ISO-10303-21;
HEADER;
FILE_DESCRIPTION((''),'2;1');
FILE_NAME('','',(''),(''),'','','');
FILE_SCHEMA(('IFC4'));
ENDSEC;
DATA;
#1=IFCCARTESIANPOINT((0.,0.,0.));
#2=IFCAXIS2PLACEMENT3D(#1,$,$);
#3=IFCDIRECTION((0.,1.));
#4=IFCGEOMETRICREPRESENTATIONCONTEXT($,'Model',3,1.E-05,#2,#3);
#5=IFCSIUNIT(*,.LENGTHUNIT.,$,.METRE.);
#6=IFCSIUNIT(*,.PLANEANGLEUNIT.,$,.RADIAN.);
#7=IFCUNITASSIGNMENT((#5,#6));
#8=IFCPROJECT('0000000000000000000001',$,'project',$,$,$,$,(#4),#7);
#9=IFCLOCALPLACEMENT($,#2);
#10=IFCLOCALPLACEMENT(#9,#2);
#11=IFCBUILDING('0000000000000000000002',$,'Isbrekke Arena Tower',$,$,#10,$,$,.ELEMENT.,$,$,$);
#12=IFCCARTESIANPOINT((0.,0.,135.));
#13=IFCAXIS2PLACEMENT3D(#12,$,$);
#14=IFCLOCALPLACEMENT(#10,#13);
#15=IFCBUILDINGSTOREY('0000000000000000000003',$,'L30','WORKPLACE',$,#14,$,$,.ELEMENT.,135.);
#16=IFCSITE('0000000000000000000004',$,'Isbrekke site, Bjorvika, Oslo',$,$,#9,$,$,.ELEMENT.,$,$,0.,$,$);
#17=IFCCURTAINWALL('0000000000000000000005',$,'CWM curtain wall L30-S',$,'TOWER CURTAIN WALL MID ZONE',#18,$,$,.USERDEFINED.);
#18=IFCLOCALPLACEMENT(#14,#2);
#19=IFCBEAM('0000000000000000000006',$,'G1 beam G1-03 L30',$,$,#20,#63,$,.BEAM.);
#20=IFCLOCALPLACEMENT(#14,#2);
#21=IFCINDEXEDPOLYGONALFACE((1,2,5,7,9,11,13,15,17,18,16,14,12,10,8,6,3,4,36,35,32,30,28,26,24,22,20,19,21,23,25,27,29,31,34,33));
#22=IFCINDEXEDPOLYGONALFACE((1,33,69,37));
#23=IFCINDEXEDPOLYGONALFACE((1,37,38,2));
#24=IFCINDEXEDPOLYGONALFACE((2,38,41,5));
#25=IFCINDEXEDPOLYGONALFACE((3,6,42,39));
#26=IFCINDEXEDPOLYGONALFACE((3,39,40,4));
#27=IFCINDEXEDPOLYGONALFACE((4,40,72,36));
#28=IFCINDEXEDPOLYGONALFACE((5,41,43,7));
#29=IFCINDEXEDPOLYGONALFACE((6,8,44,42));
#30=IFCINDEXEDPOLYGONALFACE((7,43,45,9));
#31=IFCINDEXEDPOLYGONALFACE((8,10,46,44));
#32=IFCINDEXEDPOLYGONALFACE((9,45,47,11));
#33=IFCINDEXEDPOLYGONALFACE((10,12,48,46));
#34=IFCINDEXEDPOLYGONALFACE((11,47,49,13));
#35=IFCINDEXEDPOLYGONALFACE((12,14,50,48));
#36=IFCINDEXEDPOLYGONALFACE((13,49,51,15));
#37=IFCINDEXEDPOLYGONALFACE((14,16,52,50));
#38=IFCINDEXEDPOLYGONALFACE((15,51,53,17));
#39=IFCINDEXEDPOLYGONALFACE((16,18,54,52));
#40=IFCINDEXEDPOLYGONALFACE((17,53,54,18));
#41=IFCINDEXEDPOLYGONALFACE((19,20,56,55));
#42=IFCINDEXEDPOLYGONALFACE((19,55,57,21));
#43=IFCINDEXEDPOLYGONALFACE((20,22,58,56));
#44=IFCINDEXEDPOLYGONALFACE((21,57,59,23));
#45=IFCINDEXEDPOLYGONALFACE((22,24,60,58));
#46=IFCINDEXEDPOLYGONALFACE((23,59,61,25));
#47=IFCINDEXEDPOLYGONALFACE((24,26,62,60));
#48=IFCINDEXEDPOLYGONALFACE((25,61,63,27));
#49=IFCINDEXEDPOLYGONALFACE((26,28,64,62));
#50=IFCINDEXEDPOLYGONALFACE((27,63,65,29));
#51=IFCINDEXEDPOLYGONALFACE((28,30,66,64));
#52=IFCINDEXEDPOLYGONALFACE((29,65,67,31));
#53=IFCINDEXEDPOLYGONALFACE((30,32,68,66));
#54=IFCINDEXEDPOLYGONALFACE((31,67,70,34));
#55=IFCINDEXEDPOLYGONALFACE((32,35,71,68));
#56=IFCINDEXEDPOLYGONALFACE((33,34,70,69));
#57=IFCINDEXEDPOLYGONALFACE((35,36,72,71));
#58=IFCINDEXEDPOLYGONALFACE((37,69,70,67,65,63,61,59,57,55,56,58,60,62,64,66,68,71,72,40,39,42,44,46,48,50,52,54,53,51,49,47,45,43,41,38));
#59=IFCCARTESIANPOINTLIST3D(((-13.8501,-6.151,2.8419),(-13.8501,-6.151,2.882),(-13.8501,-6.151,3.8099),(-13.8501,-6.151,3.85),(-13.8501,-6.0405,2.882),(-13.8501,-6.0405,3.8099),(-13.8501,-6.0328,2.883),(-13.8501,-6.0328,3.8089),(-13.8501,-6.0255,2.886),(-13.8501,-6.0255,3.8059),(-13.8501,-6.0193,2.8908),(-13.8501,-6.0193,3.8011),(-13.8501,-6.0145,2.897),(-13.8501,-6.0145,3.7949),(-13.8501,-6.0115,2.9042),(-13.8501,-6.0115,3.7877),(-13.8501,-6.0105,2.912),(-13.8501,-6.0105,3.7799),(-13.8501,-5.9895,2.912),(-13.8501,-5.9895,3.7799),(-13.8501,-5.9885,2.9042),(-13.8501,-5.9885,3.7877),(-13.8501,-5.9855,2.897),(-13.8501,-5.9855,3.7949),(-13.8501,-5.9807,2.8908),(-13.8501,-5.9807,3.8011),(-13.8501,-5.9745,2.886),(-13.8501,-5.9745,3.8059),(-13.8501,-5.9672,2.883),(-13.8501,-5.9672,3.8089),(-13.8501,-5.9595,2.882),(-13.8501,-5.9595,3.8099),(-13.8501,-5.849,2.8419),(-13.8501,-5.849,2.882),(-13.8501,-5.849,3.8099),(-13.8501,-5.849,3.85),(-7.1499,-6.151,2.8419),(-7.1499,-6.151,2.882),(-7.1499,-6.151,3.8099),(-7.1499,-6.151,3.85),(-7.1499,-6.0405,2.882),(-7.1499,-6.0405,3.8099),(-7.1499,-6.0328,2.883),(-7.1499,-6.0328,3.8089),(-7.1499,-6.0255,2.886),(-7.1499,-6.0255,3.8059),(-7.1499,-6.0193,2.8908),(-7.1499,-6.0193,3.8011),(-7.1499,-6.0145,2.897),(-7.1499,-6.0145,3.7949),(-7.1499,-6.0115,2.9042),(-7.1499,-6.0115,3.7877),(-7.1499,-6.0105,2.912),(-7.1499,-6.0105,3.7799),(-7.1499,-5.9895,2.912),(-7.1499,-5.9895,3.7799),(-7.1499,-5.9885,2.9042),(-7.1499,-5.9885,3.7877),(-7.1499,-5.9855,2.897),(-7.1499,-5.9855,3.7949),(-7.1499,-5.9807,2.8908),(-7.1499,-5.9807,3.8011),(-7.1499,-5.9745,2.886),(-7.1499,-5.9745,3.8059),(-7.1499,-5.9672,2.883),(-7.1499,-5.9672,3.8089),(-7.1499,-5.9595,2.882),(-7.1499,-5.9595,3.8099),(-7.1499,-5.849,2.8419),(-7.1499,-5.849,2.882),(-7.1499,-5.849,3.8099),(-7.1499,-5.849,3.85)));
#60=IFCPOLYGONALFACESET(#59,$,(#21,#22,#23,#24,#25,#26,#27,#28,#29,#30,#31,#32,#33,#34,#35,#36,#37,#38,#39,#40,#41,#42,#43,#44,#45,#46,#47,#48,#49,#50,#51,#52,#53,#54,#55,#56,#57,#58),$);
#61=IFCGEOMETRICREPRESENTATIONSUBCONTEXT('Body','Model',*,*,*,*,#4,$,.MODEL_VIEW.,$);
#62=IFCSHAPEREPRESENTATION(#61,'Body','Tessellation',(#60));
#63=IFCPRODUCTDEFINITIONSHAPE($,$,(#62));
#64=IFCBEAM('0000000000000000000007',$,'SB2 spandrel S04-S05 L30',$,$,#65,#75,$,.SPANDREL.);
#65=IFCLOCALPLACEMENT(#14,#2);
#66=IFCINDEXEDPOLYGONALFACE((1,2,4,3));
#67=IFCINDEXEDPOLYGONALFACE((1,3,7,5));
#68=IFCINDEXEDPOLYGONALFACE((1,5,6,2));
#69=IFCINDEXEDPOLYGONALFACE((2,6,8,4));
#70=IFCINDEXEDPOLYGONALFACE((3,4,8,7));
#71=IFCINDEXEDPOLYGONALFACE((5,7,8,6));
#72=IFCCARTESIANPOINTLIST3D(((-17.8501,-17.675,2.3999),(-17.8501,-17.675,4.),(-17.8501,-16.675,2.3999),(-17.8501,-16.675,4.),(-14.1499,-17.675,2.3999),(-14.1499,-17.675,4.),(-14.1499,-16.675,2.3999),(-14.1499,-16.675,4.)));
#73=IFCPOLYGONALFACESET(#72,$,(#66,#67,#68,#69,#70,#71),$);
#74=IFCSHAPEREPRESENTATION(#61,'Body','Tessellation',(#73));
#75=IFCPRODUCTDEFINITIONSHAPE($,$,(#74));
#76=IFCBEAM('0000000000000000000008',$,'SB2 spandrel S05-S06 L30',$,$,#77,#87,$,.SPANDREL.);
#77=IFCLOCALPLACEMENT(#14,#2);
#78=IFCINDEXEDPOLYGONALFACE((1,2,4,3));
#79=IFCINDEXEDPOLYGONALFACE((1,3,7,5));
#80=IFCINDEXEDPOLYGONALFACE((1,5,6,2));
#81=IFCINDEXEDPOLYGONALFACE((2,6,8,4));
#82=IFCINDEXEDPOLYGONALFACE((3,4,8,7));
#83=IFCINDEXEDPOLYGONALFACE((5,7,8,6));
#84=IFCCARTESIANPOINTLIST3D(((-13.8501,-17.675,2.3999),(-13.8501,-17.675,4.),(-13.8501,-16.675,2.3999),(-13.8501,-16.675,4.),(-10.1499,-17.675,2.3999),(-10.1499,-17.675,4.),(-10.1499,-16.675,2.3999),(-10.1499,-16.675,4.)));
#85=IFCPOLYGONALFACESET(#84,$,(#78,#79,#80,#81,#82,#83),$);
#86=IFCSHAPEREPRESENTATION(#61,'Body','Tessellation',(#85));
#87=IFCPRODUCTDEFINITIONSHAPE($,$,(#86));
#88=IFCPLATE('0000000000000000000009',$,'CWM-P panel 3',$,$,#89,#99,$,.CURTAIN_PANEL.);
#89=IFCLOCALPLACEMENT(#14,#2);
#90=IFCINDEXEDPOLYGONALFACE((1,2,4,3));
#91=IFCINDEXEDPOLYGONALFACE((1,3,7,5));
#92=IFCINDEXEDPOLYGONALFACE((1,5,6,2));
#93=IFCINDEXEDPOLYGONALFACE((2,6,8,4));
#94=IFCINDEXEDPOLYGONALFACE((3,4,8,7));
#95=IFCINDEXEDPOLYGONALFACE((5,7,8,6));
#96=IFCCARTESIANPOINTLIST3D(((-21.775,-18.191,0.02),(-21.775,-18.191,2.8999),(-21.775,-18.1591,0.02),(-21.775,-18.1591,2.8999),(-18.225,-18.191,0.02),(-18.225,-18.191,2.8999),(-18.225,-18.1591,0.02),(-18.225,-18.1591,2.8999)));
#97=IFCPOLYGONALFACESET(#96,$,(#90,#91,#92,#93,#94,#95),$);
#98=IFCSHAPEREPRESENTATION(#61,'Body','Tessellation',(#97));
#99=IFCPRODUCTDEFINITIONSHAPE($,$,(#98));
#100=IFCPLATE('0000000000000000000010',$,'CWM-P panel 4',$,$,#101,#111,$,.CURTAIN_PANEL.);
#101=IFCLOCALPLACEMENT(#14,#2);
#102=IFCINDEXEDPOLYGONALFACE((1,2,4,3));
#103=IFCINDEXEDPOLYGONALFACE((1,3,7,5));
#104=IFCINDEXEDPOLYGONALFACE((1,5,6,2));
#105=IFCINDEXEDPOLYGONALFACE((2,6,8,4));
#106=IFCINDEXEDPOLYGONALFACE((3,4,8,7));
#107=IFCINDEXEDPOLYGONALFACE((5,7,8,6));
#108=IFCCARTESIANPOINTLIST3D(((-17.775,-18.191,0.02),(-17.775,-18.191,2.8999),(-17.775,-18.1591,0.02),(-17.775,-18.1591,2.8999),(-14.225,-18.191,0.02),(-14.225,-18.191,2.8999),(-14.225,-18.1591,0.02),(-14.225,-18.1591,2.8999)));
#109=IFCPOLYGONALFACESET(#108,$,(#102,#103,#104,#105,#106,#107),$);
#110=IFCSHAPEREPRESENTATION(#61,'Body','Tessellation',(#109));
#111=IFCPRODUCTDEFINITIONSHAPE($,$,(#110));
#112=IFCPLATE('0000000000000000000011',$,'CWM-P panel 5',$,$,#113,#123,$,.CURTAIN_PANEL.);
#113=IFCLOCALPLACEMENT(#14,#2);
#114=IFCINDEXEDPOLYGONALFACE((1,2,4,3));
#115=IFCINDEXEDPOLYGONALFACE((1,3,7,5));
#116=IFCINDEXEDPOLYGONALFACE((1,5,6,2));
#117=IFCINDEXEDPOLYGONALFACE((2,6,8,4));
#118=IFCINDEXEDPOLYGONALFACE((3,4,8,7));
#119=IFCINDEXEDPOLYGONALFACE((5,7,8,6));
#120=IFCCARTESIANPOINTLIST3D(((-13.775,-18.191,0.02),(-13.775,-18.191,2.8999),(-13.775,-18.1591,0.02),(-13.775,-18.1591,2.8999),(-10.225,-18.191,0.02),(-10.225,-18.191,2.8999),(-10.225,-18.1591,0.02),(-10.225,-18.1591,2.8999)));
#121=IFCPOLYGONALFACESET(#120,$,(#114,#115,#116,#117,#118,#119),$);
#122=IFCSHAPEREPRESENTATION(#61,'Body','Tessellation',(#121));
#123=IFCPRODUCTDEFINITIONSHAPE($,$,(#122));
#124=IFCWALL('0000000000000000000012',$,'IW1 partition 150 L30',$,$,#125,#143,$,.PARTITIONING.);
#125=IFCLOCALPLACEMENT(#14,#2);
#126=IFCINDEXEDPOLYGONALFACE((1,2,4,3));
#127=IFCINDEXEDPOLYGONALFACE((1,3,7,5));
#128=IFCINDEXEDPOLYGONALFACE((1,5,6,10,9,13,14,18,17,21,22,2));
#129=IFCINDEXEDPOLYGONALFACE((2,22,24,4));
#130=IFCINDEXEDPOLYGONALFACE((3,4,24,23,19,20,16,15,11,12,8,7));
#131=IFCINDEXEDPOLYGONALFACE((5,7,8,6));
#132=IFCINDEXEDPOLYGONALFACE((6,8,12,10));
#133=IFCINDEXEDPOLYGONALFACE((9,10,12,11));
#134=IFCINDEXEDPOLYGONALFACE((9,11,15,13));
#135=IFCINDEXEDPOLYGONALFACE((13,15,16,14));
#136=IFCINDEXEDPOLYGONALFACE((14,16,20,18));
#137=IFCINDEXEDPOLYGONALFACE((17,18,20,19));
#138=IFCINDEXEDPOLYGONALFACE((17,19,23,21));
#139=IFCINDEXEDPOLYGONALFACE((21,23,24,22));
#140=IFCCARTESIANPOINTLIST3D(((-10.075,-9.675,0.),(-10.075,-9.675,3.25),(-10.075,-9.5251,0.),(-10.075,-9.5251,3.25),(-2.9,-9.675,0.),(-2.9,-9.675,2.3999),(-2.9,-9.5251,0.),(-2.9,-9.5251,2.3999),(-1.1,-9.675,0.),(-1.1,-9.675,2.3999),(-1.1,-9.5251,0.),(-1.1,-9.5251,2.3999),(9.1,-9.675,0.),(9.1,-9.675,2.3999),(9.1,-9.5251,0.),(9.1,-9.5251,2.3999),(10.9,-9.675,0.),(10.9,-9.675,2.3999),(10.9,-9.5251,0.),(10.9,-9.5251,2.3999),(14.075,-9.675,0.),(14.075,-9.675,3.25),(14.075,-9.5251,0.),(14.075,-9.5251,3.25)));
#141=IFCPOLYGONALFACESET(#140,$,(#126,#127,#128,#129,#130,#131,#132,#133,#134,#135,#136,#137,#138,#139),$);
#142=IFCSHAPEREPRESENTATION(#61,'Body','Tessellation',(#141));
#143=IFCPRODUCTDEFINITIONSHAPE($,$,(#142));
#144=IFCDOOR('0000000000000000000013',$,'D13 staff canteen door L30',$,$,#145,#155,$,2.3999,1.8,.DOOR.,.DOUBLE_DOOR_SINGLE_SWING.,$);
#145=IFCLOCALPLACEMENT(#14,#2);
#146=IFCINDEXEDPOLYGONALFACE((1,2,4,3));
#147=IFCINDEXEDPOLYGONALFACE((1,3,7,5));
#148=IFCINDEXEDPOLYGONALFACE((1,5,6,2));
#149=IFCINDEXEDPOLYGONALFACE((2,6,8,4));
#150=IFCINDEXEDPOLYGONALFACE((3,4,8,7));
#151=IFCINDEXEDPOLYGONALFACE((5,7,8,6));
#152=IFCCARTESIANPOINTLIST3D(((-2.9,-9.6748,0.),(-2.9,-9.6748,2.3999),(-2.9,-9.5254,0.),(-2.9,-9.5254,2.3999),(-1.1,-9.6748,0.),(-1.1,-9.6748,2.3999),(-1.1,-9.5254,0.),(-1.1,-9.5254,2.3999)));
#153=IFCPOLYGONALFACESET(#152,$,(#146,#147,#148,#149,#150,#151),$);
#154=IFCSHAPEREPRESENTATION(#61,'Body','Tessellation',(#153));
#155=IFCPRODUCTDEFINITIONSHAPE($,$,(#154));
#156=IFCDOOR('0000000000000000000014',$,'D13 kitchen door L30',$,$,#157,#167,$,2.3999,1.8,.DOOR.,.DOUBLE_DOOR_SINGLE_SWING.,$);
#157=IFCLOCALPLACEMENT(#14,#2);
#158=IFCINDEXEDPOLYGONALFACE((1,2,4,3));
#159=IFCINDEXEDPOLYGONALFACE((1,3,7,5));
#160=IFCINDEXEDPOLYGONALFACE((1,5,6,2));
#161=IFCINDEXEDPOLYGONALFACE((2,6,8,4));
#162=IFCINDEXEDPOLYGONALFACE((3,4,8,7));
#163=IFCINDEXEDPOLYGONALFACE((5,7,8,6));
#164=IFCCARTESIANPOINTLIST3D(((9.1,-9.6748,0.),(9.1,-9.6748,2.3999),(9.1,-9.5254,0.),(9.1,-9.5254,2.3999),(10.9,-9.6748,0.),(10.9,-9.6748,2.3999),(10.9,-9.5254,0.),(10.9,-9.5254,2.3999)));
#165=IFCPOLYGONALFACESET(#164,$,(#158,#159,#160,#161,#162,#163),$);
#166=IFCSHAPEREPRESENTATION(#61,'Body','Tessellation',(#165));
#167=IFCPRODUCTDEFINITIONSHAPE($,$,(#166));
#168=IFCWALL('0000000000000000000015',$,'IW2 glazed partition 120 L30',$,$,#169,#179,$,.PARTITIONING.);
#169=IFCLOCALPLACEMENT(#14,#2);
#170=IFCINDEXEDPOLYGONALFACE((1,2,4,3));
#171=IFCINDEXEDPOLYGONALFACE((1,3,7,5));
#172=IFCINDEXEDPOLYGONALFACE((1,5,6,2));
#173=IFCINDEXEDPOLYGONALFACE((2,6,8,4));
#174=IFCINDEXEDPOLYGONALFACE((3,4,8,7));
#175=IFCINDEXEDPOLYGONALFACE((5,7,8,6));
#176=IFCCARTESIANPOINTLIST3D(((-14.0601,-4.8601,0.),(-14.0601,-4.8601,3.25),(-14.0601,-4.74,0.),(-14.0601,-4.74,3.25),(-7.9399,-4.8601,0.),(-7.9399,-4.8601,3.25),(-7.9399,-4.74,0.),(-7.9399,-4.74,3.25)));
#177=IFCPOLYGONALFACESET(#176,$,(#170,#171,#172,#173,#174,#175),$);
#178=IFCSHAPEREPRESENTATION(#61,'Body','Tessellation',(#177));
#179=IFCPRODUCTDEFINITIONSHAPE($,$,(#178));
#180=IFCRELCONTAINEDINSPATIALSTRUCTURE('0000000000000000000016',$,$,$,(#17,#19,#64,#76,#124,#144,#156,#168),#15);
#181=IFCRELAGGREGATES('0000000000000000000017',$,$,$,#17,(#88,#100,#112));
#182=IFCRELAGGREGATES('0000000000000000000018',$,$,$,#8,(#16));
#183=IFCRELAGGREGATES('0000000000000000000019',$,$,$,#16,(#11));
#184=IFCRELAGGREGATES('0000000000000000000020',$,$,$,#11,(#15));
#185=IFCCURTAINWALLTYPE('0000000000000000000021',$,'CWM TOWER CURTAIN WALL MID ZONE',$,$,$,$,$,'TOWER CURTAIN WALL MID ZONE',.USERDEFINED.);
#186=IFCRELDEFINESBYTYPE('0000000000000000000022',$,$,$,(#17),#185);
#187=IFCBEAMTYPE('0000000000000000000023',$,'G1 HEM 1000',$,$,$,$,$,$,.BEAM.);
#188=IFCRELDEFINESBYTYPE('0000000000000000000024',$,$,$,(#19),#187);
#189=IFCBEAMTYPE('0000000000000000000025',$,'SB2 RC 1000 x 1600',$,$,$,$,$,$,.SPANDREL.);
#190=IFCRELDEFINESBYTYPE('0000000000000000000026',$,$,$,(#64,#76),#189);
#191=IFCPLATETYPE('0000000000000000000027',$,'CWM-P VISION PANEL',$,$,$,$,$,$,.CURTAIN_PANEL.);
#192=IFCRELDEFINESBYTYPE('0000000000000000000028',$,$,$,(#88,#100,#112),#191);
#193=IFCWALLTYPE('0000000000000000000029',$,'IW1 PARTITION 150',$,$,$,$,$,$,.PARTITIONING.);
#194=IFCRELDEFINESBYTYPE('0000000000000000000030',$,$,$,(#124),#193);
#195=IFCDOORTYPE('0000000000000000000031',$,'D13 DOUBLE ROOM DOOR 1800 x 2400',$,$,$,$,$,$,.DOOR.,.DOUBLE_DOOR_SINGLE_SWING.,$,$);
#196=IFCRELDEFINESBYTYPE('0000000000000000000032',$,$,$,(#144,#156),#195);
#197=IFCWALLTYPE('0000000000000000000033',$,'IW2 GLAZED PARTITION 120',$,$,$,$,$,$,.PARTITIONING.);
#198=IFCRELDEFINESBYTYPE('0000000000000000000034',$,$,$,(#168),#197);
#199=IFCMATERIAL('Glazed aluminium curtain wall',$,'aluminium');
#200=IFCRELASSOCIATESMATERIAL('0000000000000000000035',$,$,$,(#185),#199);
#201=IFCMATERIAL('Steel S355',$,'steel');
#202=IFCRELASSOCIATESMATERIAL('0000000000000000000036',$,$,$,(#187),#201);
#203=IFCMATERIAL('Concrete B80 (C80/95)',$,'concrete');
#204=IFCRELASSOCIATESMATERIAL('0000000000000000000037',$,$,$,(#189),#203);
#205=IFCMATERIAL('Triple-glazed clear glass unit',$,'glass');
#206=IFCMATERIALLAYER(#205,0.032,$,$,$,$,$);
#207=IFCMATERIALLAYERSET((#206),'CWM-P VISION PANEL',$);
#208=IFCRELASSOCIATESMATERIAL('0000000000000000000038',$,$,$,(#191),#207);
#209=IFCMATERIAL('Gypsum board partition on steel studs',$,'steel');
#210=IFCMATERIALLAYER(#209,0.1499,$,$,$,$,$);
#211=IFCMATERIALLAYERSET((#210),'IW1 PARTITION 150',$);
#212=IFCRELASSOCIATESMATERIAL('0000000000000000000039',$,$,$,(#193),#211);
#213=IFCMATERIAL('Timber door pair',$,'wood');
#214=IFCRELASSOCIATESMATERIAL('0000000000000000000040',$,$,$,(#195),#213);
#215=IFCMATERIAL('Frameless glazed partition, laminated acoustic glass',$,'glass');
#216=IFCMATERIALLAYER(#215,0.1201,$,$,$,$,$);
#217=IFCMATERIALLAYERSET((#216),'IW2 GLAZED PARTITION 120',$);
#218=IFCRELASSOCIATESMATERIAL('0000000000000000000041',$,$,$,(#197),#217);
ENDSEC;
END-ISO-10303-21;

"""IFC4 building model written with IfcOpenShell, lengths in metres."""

from ifc_helpers import new_model, si_unit, direction, frame, frame_2d, origin, origin_2d, place, context, subcontext, project, spatial, rectangle, i_section, extrude, material, layer, layer_set, material_profile, profile_set, type_object, element, fill, aggregate, save


model = new_model("IFC4")

# Units and contexts
model_context = context("Model", 3, precision=1e-05, world=origin(), true_north=direction((0.0, 1.0)))
body_context = subcontext(model_context, "Body", "Model", "MODEL_VIEW")
ifc_project = project(units=[si_unit("LENGTHUNIT", "METRE"), si_unit("PLANEANGLEUNIT", "RADIAN")], contexts=[model_context])

# Site, building, storey
site_placement = place(None, origin())
site = spatial("IfcSite", under=ifc_project, at=site_placement, Name="Isbrekke site, Bjorvika, Oslo", CompositionType="ELEMENT", RefElevation=0.0)
building_placement = place(site_placement, origin())
building = spatial("IfcBuilding", under=site, at=building_placement, Name="Isbrekke Arena Tower", CompositionType="ELEMENT")
storey_placement = place(building_placement, frame((0.0, 0.0, 135.0)))
storey = spatial("IfcBuildingStorey", under=building, at=storey_placement, Name="L30", Description="WORKPLACE", CompositionType="ELEMENT", Elevation=135.0)

# Curtain wall
ifc_material_1 = material(Name="Glazed aluminium curtain wall", Category="aluminium")
curtain_wall_type = type_object("IfcCurtainWallType", Name="CWM TOWER CURTAIN WALL MID ZONE", ElementType="TOWER CURTAIN WALL MID ZONE", PredefinedType="USERDEFINED", material=ifc_material_1)
curtain_wall_placement = place(storey_placement, origin())
curtain_wall = element("IfcCurtainWall", 1, at=curtain_wall_placement, inside=storey, type_object=curtain_wall_type, Name="CWM curtain wall L30-S", ObjectType="TOWER CURTAIN WALL MID ZONE", PredefinedType="USERDEFINED")

# Beams
ifc_material_2 = material(Name="Steel S355", Category="steel")
ifc_material_profile_1 = material_profile(ifc_material_2, i_section(OverallWidth=0.302, OverallDepth=1.0081, WebThickness=0.021, FlangeThickness=0.04, FilletRadius=0.03, at=origin_2d()), Name="HEM 1000")
ifc_profile_set_1 = profile_set([ifc_material_profile_1], Name="Steel S355")
beam_type_1 = type_object("IfcBeamType", Name="G1 HEM 1000", PredefinedType="BEAM", material=ifc_profile_set_1)
for number, where, z_axis, x_axis, name in (
    (2, (-13.8501, -6.0, 3.3459), (1.0, 0.0, 0.0), (0.0, 1.0, 0.0), "G1 beam G1-03 L30"),
):
    element("IfcBeam", number, at=place(storey_placement, frame(where, z_axis=z_axis, x_axis=x_axis)), inside=storey, type_object=beam_type_1, Name=name, PredefinedType="BEAM", context=body_context, shape_type="SweptSolid", body=[
        extrude(i_section(OverallWidth=0.302, OverallDepth=1.0081, WebThickness=0.021, FlangeThickness=0.04, FilletRadius=0.03, at=origin_2d()), origin(), (0.0, 0.0, 1.0), 6.7002),
    ])
ifc_material_3 = material(Name="Concrete B80 (C80/95)", Category="concrete")
ifc_material_profile_2 = material_profile(ifc_material_3, rectangle(XDim=1.0, YDim=1.6001, at=origin_2d()), Name="RC 1000x1600")
ifc_profile_set_2 = profile_set([ifc_material_profile_2], Name="Concrete B80 (C80/95)")
beam_type_2 = type_object("IfcBeamType", Name="SB2 RC 1000 x 1600", PredefinedType="SPANDREL", material=ifc_profile_set_2)
for number, where, z_axis, x_axis, name in (
    (3, (-17.8501, -17.175, 3.2), (1.0, 0.0, 0.0), (0.0, 1.0, 0.0), "SB2 spandrel S04-S05 L30"),
    (4, (-13.8501, -17.175, 3.2), (1.0, 0.0, 0.0), (0.0, 1.0, 0.0), "SB2 spandrel S05-S06 L30"),
):
    element("IfcBeam", number, at=place(storey_placement, frame(where, z_axis=z_axis, x_axis=x_axis)), inside=storey, type_object=beam_type_2, Name=name, PredefinedType="SPANDREL", context=body_context, shape_type="SweptSolid", body=[
        extrude(rectangle(XDim=1.0, YDim=1.6001, at=origin_2d()), origin(), (0.0, 0.0, 1.0), 3.7002),
    ])

# Plates
ifc_material_4 = material(Name="Triple-glazed clear glass unit", Category="glass")
ifc_layer_1 = layer(ifc_material_4, 0.032)
ifc_layer_set_1 = layer_set([ifc_layer_1], Name="CWM-P VISION PANEL")
plate_type = type_object("IfcPlateType", Name="CWM-P VISION PANEL", PredefinedType="CURTAIN_PANEL", material=ifc_layer_set_1)
plate_1_placement = place(storey_placement, frame((-20.0, -18.175, 0.02), z_axis=(0.0, 0.0, 1.0), x_axis=(1.0, 0.0, 0.0)))
plate_1 = element("IfcPlate", 5, at=plate_1_placement, type_object=plate_type, Name="CWM-P panel 3", PredefinedType="CURTAIN_PANEL", context=body_context, shape_type="SweptSolid", body=[
    extrude(rectangle(XDim=3.55, YDim=0.032, at=origin_2d()), origin(), (0.0, 0.0, 1.0), 2.8799),
])
plate_2_placement = place(storey_placement, frame((-16.0, -18.175, 0.02), z_axis=(0.0, 0.0, 1.0), x_axis=(1.0, 0.0, 0.0)))
plate_2 = element("IfcPlate", 6, at=plate_2_placement, type_object=plate_type, Name="CWM-P panel 4", PredefinedType="CURTAIN_PANEL", context=body_context, shape_type="SweptSolid", body=[
    extrude(rectangle(XDim=3.55, YDim=0.032, at=origin_2d()), origin(), (0.0, 0.0, 1.0), 2.8799),
])
plate_3_placement = place(storey_placement, frame((-12.0, -18.175, 0.02), z_axis=(0.0, 0.0, 1.0), x_axis=(1.0, 0.0, 0.0)))
plate_3 = element("IfcPlate", 7, at=plate_3_placement, type_object=plate_type, Name="CWM-P panel 5", PredefinedType="CURTAIN_PANEL", context=body_context, shape_type="SweptSolid", body=[
    extrude(rectangle(XDim=3.55, YDim=0.032, at=origin_2d()), origin(), (0.0, 0.0, 1.0), 2.8799),
])
aggregate(curtain_wall, [plate_1, plate_2, plate_3])

# Wall, openings, doors
ifc_material_5 = material(Name="Gypsum board partition on steel studs", Category="steel")
ifc_layer_2 = layer(ifc_material_5, 0.1499)
ifc_layer_set_2 = layer_set([ifc_layer_2], Name="IW1 PARTITION 150")
wall_type_1 = type_object("IfcWallType", Name="IW1 PARTITION 150", PredefinedType="PARTITIONING", material=ifc_layer_set_2)
wall_1_placement = place(storey_placement, frame((-10.075, -9.6001, 0.0), z_axis=(0.0, 0.0, 1.0), x_axis=(1.0, 0.0, 0.0)))
wall_1 = element("IfcWall", 8, at=wall_1_placement, inside=storey, type_object=wall_type_1, Name="IW1 partition 150 L30", PredefinedType="PARTITIONING", context=body_context, shape_type="SweptSolid", body=[
    extrude(rectangle(XDim=24.1499, YDim=0.1499, at=frame_2d((12.075, 0.0))), origin(), (0.0, 0.0, 1.0), 3.25),
])
opening_1_placement = place(wall_1_placement, frame((7.175, 0.0, 0.0)))
opening_1 = element("IfcOpeningElement", 9, at=opening_1_placement, cuts=wall_1, PredefinedType="OPENING", context=body_context, shape_type="SweptSolid", body=[
    extrude(rectangle(XDim=1.8, YDim=2.3999, at=frame_2d((0.8999, 1.2))), frame((0.0, 0.0898, 0.0), z_axis=(0.0, -1.0, 0.0), x_axis=(1.0, 0.0, 0.0)), (0.0, 0.0, 1.0), 0.1797),
])
opening_2_placement = place(wall_1_placement, frame((19.175, 0.0, 0.0)))
opening_2 = element("IfcOpeningElement", 10, at=opening_2_placement, cuts=wall_1, PredefinedType="OPENING", context=body_context, shape_type="SweptSolid", body=[
    extrude(rectangle(XDim=1.8, YDim=2.3999, at=frame_2d((0.8999, 1.2))), frame((0.0, 0.0898, 0.0), z_axis=(0.0, -1.0, 0.0), x_axis=(1.0, 0.0, 0.0)), (0.0, 0.0, 1.0), 0.1797),
])
ifc_material_6 = material(Name="Timber door pair", Category="wood")
door_type_1 = type_object("IfcDoorType", Name="D13 DOUBLE ROOM DOOR 1800 x 2400", OperationType="DOUBLE_DOOR_SINGLE_SWING", PredefinedType="DOOR", material=ifc_material_6)
door_1_placement = place(opening_1_placement, origin())
door_1 = element("IfcDoor", 11, at=door_1_placement, inside=storey, type_object=door_type_1, Name="D13 staff canteen door L30", OperationType="DOUBLE_DOOR_SINGLE_SWING", OverallHeight=2.3999, OverallWidth=1.8, PredefinedType="DOOR", context=body_context, shape_type="SweptSolid", body=[
    extrude(rectangle(XDim=1.8, YDim=2.3999, at=frame_2d((0.8999, 1.2))), frame((0.0, 0.0747, 0.0), z_axis=(0.0, -1.0, 0.0), x_axis=(1.0, 0.0, 0.0)), (0.0, 0.0, 1.0), 0.1494),
])
fill(opening_1, door_1)
door_2_placement = place(opening_2_placement, origin())
door_2 = element("IfcDoor", 12, at=door_2_placement, inside=storey, type_object=door_type_1, Name="D13 kitchen door L30", OperationType="DOUBLE_DOOR_SINGLE_SWING", OverallHeight=2.3999, OverallWidth=1.8, PredefinedType="DOOR", context=body_context, shape_type="SweptSolid", body=[
    extrude(rectangle(XDim=1.8, YDim=2.3999, at=frame_2d((0.8999, 1.2))), frame((0.0, 0.0747, 0.0), z_axis=(0.0, -1.0, 0.0), x_axis=(1.0, 0.0, 0.0)), (0.0, 0.0, 1.0), 0.1494),
])
fill(opening_2, door_2)

# Wall
ifc_material_7 = material(Name="Frameless glazed partition, laminated acoustic glass", Category="glass")
ifc_layer_3 = layer(ifc_material_7, 0.1201)
ifc_layer_set_3 = layer_set([ifc_layer_3], Name="IW2 GLAZED PARTITION 120")
wall_type_2 = type_object("IfcWallType", Name="IW2 GLAZED PARTITION 120", PredefinedType="PARTITIONING", material=ifc_layer_set_3)
wall_2_placement = place(storey_placement, frame((-14.0601, -4.8, 0.0), z_axis=(0.0, 0.0, 1.0), x_axis=(1.0, 0.0, 0.0)))
element("IfcWall", 13, at=wall_2_placement, inside=storey, type_object=wall_type_2, Name="IW2 glazed partition 120 L30", PredefinedType="PARTITIONING", context=body_context, shape_type="SweptSolid", body=[
    extrude(rectangle(XDim=6.1201, YDim=0.1201, at=frame_2d((3.0601, 0.0))), origin(), (0.0, 0.0, 1.0), 3.25),
])

save(model, "model.ifc")
